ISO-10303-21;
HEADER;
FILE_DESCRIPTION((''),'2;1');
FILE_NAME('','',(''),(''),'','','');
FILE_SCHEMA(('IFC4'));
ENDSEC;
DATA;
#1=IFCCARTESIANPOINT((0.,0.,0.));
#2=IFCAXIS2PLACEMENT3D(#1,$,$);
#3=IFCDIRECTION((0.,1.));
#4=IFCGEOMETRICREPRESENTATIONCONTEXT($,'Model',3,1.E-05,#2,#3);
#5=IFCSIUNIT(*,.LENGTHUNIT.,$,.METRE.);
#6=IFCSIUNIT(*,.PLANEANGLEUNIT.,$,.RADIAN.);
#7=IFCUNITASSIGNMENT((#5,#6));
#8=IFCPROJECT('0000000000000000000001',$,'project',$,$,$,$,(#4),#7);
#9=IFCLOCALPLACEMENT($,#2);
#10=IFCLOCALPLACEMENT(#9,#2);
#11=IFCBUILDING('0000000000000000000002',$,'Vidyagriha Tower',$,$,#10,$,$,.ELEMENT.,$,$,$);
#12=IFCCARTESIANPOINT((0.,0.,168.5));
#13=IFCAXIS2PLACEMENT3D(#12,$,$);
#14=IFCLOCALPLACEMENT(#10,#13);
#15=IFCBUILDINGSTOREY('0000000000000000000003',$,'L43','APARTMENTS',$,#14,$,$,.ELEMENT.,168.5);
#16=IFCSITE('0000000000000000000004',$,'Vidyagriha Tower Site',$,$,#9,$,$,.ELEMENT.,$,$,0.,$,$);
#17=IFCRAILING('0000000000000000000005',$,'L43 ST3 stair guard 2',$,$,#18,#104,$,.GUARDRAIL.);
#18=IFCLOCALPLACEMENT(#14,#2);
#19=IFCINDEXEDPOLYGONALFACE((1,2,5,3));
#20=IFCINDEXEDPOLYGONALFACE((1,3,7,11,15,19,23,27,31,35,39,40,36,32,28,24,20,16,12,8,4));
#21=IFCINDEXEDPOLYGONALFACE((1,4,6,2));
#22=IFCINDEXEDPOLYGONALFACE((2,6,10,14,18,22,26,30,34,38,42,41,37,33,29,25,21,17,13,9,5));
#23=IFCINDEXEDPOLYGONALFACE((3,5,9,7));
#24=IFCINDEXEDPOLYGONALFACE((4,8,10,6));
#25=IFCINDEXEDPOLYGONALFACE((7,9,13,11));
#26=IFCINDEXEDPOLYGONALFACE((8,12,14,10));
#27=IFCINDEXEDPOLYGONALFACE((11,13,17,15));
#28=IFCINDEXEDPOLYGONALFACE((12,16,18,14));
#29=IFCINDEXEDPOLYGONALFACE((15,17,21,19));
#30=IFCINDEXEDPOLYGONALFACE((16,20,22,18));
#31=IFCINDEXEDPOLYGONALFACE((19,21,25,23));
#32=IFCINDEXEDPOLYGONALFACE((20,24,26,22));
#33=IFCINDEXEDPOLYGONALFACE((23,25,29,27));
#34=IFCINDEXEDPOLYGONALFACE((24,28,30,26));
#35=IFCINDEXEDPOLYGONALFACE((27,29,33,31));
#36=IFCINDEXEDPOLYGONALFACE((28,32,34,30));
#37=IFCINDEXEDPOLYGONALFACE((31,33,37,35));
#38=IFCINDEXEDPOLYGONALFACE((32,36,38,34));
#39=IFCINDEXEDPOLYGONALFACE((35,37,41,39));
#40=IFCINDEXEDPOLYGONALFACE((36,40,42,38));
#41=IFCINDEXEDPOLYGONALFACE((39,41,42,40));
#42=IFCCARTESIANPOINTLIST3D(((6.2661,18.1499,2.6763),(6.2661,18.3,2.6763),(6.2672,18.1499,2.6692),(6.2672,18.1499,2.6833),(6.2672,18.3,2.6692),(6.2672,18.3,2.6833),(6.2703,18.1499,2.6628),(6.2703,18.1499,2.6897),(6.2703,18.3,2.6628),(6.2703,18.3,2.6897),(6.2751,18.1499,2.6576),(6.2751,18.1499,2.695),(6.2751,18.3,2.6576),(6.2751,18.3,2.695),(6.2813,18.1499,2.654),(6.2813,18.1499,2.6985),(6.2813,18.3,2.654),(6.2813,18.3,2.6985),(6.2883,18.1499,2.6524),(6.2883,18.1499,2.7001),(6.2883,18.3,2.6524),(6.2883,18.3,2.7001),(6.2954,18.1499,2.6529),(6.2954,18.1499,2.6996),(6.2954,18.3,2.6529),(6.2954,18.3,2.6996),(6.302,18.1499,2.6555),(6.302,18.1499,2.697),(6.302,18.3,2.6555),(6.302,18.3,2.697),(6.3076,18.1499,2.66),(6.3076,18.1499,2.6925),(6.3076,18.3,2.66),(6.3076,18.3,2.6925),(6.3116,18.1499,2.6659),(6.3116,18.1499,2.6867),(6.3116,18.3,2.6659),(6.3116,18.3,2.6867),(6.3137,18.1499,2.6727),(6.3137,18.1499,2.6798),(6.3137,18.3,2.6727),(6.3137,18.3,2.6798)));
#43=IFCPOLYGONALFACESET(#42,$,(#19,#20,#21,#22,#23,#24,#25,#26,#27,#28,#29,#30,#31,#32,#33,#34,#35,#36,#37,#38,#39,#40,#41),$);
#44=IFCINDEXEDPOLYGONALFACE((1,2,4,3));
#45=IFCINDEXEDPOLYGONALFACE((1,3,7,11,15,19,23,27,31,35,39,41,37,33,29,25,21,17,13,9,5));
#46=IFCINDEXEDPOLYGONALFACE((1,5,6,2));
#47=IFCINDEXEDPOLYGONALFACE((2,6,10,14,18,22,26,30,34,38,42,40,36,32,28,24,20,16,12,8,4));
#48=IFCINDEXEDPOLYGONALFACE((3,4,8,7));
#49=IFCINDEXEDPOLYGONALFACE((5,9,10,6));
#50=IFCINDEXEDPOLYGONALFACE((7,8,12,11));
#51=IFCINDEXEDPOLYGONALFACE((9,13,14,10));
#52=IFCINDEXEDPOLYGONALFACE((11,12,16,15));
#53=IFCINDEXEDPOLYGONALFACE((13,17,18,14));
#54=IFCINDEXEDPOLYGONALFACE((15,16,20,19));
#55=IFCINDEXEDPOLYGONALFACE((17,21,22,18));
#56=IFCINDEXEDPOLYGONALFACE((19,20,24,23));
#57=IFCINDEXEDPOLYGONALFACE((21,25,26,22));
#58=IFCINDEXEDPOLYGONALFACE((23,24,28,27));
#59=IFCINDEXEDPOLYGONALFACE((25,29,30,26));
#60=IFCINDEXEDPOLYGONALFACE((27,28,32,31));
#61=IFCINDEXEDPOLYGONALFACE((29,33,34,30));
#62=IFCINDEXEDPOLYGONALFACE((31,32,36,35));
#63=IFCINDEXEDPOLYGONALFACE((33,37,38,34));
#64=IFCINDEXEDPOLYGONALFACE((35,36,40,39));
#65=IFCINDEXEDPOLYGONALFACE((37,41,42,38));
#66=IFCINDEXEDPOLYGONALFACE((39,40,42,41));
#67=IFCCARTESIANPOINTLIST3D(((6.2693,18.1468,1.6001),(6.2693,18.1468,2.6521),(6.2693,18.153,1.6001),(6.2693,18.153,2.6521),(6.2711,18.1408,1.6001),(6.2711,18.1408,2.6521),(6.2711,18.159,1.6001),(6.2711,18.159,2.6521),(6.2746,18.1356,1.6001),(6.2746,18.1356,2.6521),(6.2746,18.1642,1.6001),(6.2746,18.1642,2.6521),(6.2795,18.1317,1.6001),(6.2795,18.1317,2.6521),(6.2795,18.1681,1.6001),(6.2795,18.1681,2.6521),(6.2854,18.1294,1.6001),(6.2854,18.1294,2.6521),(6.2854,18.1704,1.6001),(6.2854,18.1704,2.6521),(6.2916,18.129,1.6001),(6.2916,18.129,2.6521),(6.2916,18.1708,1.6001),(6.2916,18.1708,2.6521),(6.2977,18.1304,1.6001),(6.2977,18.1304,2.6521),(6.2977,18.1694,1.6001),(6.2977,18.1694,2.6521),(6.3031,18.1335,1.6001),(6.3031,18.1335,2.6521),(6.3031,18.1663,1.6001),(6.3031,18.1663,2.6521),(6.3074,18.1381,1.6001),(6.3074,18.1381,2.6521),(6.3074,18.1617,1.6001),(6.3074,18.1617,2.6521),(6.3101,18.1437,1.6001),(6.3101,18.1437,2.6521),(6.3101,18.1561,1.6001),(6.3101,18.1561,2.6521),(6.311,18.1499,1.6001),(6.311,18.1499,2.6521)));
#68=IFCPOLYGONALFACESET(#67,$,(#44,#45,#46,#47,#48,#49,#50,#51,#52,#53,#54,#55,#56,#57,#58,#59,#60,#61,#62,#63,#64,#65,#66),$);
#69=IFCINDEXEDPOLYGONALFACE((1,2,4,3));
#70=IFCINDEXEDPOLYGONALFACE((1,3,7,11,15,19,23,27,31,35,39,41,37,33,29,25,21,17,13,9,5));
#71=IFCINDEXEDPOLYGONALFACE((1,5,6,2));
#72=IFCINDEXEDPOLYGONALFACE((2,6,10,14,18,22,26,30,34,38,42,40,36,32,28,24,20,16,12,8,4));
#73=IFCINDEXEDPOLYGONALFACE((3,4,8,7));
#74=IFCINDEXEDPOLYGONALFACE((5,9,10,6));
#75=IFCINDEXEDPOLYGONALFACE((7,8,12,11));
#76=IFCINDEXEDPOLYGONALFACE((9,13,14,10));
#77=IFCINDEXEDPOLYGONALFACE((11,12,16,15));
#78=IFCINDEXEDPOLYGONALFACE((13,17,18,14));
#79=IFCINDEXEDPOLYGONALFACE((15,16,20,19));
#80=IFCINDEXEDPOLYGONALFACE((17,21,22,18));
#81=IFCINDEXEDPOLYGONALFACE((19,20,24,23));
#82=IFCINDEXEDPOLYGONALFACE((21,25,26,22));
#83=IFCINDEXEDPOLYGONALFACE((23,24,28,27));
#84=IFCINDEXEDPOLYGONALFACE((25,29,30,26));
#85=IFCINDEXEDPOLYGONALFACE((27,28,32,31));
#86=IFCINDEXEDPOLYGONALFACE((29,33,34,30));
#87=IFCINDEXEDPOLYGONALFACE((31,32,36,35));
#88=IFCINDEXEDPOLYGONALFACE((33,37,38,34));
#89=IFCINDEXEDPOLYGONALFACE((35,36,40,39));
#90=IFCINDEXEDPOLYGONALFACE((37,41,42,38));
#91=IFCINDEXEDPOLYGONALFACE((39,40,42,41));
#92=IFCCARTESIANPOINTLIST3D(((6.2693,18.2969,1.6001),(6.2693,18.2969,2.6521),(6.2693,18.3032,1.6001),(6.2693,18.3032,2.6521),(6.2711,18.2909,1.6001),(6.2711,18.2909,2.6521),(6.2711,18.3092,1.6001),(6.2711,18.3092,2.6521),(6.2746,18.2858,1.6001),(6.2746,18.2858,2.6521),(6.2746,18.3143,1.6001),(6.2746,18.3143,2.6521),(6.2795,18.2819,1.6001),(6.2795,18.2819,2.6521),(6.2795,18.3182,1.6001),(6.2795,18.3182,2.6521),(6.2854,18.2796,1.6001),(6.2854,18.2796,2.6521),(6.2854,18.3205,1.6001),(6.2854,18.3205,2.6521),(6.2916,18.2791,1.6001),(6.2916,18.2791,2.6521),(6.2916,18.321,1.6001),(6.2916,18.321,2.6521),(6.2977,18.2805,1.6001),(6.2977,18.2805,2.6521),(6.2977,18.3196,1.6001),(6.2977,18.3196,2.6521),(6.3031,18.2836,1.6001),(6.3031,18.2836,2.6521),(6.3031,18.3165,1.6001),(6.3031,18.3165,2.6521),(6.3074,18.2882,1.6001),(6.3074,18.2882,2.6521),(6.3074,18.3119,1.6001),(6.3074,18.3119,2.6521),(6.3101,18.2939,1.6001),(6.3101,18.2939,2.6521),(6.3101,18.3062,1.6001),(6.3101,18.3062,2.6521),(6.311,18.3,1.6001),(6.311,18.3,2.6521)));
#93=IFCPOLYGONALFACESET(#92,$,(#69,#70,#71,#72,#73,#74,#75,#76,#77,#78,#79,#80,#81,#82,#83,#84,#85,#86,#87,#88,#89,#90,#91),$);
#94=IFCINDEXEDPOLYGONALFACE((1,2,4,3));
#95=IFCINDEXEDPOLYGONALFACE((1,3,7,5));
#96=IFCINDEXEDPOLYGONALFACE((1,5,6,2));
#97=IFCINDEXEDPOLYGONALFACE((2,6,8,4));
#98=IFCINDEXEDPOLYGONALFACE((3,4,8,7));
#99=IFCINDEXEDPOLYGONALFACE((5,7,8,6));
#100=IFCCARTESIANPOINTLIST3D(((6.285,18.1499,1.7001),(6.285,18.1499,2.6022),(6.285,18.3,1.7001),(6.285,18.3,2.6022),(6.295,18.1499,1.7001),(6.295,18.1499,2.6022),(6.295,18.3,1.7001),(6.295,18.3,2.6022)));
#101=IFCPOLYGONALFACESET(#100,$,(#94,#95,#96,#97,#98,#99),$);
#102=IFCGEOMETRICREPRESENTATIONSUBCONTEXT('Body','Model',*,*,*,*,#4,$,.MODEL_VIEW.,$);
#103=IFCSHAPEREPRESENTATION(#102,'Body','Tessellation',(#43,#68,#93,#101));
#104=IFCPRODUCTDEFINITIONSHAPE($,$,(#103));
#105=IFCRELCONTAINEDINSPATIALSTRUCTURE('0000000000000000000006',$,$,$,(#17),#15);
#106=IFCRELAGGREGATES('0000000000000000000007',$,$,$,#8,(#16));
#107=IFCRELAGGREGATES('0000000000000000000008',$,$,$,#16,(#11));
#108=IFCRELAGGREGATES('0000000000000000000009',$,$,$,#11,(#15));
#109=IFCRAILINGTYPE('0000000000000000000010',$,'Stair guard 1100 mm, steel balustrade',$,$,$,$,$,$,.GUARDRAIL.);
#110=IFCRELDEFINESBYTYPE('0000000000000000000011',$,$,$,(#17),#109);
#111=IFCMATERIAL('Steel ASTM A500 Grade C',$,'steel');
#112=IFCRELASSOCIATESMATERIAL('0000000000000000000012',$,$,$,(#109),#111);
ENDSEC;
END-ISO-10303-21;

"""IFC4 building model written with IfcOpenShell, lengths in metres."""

from ifc_helpers import new_model, si_unit, direction, frame, origin, origin_2d, place, context, subcontext, project, spatial, rectangle, circle, extrude, material, type_object, element, save


model = new_model("IFC4")

# Units and contexts
model_context = context("Model", 3, precision=1e-05, world=origin(), true_north=direction((0.0, 1.0)))
body_context = subcontext(model_context, "Body", "Model", "MODEL_VIEW")
ifc_project = project(units=[si_unit("LENGTHUNIT", "METRE"), si_unit("PLANEANGLEUNIT", "RADIAN")], contexts=[model_context])

# Site, building, storey
site_placement = place(None, origin())
site = spatial("IfcSite", under=ifc_project, at=site_placement, Name="Vidyagriha Tower Site", CompositionType="ELEMENT", RefElevation=0.0)
building_placement = place(site_placement, origin())
building = spatial("IfcBuilding", under=site, at=building_placement, Name="Vidyagriha Tower", CompositionType="ELEMENT")
storey_placement = place(building_placement, frame((0.0, 0.0, 168.5)))
storey = spatial("IfcBuildingStorey", under=building, at=storey_placement, Name="L43", Description="APARTMENTS", CompositionType="ELEMENT", Elevation=168.5)

# Railing
ifc_material_1 = material(Name="Steel ASTM A500 Grade C", Category="steel")
railing_type_1 = type_object("IfcRailingType", Name="Stair guard 1100 mm, steel balustrade", PredefinedType="GUARDRAIL", material=ifc_material_1)
railing_1_placement = place(storey_placement, frame((6.29, 18.1499, 1.6001)))
element("IfcRailing", 1, at=railing_1_placement, inside=storey, type_object=railing_type_1, Name="L43 ST3 stair guard 2", PredefinedType="GUARDRAIL", context=body_context, shape_type="SweptSolid", body=[
    extrude(circle(Radius=0.0239, at=origin_2d()), frame((0.0, 0.0, 1.0762), z_axis=(0.0, 1.0, 0.0), x_axis=(-1.0, 0.0, 0.0)), (0.0, 0.0, 1.0), 0.1501),
    extrude(circle(Radius=0.021, at=origin_2d()), origin(), (0.0, 0.0, 1.0), 1.052),
    extrude(circle(Radius=0.021, at=origin_2d()), frame((0.0, 0.1501, 0.0)), (0.0, 0.0, 1.0), 1.052),
    extrude(rectangle(XDim=0.01, YDim=0.9021, at=origin_2d()), frame((0.0, 0.0, 0.551), z_axis=(0.0, 1.0, 0.0), x_axis=(-1.0, 0.0, 0.0)), (0.0, 0.0, 1.0), 0.1501),
])

save(model, "model.ifc")
